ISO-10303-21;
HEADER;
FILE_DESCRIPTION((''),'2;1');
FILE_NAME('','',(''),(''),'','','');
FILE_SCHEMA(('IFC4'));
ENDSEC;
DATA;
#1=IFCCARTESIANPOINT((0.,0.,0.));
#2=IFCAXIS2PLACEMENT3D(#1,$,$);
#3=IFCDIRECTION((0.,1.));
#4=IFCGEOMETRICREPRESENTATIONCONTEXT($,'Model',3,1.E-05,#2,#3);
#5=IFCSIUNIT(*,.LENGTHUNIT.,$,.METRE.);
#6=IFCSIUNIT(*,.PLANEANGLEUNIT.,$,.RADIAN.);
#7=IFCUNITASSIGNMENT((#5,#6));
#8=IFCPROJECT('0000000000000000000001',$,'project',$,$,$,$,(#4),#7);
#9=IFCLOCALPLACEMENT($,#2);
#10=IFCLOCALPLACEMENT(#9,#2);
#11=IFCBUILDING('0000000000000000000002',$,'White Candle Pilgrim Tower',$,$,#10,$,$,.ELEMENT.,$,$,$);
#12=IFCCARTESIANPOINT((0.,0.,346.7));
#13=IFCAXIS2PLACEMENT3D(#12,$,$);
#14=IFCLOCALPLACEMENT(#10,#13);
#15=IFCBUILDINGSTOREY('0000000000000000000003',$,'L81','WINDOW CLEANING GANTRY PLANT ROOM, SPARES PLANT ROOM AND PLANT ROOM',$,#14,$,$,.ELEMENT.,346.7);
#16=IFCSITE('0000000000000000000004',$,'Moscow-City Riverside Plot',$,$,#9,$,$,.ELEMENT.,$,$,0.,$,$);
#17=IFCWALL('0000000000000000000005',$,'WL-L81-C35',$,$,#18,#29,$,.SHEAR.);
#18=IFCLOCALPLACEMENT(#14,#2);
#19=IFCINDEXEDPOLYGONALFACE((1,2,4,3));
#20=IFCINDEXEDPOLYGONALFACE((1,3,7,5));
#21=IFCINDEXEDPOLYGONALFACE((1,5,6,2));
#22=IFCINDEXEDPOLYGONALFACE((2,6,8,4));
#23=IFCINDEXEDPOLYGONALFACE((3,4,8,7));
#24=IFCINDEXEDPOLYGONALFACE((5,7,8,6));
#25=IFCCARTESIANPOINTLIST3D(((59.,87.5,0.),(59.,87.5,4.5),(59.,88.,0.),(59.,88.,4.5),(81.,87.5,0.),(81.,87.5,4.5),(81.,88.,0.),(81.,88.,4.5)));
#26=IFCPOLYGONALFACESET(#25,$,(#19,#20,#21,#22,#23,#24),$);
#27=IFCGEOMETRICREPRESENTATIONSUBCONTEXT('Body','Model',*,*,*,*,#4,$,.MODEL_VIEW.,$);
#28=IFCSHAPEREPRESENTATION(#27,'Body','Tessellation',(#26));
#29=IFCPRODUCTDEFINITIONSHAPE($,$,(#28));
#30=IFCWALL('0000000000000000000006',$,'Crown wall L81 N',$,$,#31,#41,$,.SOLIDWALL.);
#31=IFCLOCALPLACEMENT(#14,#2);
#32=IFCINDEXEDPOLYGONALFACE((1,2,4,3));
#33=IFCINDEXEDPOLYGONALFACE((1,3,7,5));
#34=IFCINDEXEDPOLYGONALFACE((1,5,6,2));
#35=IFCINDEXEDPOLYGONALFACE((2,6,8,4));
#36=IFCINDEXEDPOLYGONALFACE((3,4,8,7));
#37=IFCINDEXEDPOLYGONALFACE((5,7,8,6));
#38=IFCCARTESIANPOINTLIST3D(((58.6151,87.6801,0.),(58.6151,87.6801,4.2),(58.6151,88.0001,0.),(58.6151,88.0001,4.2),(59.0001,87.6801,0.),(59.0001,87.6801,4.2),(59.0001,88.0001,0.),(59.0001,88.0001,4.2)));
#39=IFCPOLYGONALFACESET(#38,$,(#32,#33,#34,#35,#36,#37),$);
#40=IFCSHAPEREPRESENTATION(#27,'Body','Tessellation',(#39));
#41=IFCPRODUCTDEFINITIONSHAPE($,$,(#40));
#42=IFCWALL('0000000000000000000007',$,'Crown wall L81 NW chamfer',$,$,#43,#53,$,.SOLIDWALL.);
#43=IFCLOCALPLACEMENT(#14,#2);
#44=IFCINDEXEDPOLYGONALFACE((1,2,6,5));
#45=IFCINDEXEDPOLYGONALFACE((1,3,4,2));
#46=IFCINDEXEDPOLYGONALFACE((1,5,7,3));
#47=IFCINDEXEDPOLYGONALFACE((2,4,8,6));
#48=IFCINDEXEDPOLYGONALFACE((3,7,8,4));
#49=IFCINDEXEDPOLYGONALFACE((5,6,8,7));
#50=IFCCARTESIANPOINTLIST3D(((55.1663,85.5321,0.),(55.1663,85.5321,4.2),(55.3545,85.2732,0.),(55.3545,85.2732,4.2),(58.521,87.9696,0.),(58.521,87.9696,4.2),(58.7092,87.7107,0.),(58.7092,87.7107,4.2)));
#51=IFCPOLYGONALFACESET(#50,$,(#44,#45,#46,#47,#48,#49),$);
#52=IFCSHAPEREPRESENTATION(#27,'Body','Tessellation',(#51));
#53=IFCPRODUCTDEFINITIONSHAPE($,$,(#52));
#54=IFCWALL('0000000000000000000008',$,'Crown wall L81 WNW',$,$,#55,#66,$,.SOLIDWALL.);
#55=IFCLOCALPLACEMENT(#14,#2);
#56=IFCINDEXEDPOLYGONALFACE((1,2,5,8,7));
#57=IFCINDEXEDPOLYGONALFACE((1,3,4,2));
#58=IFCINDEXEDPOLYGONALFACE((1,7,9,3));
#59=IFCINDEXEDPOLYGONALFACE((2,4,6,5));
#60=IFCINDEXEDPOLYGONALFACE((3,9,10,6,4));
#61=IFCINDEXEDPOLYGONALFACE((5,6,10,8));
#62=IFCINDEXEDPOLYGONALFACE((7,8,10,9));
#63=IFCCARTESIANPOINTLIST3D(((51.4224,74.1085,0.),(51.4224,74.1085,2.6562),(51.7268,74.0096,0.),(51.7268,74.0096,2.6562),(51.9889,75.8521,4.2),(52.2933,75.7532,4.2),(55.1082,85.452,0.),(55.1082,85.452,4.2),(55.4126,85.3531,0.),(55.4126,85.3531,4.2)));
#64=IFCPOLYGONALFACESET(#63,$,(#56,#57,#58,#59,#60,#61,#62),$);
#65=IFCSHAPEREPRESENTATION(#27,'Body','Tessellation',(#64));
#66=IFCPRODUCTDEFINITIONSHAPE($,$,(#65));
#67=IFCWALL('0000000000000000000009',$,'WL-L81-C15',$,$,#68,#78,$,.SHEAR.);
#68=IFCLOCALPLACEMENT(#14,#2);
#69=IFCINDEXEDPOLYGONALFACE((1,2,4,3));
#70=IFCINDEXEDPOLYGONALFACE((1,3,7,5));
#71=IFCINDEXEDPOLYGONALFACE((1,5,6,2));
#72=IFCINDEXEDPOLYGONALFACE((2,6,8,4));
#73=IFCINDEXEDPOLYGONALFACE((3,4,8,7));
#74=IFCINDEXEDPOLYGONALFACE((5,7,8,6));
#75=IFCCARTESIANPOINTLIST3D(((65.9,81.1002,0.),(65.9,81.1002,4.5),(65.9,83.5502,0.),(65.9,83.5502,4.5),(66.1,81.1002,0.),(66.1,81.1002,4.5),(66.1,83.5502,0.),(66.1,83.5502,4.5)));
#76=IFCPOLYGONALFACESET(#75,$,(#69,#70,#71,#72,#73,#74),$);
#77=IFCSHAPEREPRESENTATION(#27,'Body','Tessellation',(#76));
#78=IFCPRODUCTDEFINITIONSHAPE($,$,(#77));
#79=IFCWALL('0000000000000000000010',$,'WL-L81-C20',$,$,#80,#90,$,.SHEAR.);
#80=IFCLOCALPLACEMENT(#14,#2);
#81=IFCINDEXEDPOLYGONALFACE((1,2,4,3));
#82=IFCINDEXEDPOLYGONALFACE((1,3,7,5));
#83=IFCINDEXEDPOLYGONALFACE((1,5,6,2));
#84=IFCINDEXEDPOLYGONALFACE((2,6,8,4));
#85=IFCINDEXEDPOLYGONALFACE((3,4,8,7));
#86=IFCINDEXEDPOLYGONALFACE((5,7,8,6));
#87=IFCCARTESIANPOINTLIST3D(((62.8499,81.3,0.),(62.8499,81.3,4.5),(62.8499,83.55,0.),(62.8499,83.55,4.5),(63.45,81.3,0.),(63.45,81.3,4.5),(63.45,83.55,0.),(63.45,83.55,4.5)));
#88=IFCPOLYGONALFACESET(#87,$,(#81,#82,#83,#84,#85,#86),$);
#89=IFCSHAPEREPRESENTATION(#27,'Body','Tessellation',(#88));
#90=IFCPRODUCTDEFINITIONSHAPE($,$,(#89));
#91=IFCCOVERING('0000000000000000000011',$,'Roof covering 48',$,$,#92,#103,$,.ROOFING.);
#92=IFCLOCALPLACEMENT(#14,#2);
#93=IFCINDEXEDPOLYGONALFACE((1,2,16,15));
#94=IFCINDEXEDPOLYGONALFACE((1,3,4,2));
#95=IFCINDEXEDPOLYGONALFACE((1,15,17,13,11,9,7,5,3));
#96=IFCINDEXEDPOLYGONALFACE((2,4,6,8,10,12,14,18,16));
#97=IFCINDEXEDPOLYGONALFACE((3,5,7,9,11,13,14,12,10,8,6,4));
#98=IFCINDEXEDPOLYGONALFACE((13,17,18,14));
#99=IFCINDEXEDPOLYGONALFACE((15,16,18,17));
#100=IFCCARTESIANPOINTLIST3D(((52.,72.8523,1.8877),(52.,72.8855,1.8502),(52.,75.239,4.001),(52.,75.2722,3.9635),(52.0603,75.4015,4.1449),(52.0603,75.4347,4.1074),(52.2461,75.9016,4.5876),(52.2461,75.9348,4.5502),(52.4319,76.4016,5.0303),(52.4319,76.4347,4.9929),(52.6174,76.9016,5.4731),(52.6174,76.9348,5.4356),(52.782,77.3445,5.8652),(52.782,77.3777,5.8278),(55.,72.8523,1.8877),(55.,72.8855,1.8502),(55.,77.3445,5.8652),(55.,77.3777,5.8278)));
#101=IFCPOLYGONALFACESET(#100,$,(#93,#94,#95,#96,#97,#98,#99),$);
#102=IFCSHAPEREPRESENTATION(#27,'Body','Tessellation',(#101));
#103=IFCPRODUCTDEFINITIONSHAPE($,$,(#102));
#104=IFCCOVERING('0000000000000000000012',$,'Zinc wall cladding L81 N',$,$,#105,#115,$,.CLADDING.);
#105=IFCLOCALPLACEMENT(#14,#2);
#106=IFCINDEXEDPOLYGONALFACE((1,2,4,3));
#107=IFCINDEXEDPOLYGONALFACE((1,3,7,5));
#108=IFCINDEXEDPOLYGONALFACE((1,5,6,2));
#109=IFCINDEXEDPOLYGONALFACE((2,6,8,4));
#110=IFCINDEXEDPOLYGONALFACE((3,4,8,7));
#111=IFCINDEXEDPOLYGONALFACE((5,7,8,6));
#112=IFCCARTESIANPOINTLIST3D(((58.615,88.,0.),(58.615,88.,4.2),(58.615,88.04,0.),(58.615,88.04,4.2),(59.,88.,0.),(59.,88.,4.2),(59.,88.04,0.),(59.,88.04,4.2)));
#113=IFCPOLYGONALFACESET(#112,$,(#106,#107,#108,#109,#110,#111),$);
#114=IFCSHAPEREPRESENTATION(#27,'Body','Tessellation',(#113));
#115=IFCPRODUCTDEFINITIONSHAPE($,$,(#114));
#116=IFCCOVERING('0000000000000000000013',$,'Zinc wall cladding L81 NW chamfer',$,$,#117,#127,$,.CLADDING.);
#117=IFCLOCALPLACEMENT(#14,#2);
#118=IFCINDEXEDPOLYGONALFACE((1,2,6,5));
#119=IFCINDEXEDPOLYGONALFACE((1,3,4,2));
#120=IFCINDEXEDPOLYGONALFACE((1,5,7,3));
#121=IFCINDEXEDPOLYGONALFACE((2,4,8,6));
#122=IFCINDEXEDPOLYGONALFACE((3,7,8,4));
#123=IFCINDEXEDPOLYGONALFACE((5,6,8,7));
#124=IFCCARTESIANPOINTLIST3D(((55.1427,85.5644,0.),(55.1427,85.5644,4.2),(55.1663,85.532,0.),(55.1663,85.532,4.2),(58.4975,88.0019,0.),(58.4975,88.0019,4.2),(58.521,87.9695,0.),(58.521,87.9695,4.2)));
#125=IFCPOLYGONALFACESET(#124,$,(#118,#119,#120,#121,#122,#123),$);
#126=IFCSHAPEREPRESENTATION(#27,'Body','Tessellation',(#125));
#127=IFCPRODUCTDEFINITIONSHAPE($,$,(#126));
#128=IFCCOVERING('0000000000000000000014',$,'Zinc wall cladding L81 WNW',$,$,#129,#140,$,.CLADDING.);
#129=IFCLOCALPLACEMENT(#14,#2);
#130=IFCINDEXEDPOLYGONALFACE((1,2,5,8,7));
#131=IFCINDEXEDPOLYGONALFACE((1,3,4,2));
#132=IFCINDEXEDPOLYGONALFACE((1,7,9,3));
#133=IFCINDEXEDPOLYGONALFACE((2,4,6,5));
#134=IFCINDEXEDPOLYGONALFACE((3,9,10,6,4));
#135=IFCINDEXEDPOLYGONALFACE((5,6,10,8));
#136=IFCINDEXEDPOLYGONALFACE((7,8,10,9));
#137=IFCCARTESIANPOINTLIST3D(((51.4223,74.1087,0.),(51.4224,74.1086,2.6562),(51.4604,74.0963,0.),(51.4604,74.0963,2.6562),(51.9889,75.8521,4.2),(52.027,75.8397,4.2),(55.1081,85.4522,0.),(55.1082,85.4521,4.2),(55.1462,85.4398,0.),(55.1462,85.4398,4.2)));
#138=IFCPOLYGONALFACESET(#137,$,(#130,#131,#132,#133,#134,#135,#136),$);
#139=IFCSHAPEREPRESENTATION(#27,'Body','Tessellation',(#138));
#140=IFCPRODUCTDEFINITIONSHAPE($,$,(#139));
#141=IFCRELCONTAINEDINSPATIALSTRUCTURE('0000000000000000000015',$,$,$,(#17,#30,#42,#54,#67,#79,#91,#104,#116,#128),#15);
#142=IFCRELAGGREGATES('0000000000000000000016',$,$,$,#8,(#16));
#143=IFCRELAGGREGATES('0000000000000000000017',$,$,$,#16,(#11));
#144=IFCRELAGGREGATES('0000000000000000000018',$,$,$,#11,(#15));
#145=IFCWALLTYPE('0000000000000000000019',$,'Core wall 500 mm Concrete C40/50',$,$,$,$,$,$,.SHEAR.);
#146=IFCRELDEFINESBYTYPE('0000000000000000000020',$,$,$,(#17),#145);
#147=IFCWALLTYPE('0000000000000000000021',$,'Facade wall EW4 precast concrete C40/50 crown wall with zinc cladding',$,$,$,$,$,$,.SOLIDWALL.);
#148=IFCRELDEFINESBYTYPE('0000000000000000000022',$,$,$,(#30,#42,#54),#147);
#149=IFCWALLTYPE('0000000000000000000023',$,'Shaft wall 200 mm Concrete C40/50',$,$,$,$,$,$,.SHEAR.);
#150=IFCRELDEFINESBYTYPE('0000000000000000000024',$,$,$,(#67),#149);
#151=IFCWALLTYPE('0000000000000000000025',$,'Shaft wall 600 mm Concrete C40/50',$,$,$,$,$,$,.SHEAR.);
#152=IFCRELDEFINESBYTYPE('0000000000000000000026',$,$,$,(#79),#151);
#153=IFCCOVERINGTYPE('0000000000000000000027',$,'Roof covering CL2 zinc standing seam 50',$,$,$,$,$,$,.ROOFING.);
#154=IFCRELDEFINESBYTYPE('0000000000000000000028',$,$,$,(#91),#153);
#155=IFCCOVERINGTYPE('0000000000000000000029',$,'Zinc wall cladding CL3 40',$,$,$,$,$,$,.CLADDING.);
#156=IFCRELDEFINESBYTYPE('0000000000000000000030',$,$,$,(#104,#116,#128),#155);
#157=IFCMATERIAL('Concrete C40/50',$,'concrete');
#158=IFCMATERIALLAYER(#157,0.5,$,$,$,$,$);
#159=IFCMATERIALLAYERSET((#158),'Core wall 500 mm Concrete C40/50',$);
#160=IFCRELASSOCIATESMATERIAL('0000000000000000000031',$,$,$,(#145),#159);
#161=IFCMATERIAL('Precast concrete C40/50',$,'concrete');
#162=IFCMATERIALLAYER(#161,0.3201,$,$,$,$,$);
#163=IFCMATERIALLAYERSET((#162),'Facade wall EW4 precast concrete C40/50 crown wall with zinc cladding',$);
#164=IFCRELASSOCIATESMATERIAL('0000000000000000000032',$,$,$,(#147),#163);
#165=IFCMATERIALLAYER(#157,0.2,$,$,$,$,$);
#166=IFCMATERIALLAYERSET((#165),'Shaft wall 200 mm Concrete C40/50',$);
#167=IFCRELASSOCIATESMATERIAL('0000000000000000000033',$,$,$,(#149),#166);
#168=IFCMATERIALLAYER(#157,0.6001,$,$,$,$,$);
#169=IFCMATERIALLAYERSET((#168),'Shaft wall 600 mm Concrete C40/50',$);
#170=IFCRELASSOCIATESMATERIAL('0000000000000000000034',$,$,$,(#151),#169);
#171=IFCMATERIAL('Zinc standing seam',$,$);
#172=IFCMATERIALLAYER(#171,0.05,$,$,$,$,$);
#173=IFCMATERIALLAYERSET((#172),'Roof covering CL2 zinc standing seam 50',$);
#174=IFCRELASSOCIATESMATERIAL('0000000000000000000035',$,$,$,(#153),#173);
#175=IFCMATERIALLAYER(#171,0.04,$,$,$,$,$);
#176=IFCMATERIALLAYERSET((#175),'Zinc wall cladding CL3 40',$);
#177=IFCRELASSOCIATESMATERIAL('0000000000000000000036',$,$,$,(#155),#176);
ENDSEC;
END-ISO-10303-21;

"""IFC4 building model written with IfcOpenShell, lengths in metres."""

from ifc_helpers import new_model, si_unit, direction, frame, frame_2d, origin, place, context, subcontext, project, spatial, polyline, rectangle, outline, extrude, material, layer, layer_set, type_object, element, save


model = new_model("IFC4")

# Units and contexts
model_context = context("Model", 3, precision=1e-05, world=origin(), true_north=direction((0.0, 1.0)))
body_context = subcontext(model_context, "Body", "Model", "MODEL_VIEW")
ifc_project = project(units=[si_unit("LENGTHUNIT", "METRE"), si_unit("PLANEANGLEUNIT", "RADIAN")], contexts=[model_context])

# Site, building, storey
site_placement = place(None, origin())
site = spatial("IfcSite", under=ifc_project, at=site_placement, Name="Moscow-City Riverside Plot", CompositionType="ELEMENT", RefElevation=0.0)
building_placement = place(site_placement, origin())
building = spatial("IfcBuilding", under=site, at=building_placement, Name="White Candle Pilgrim Tower", CompositionType="ELEMENT")
storey_placement = place(building_placement, frame((0.0, 0.0, 346.7)))
storey = spatial("IfcBuildingStorey", under=building, at=storey_placement, Name="L81", Description="WINDOW CLEANING GANTRY PLANT ROOM, SPARES PLANT ROOM AND PLANT ROOM", CompositionType="ELEMENT", Elevation=346.7)

# Shared definitions
ifc_material_1 = material(Name="Concrete C40/50", Category="concrete")

# Shared definitions
ifc_layer_1 = layer(ifc_material_1, 0.5)
ifc_layer_set_1 = layer_set([ifc_layer_1], Name="Core wall 500 mm Concrete C40/50")
wall_type_1 = type_object("IfcWallType", Name="Core wall 500 mm Concrete C40/50", PredefinedType="SHEAR", material=ifc_layer_set_1)

# Walls
wall_1_placement = place(storey_placement, frame((59.0, 87.75, 0.0), z_axis=(0.0, 0.0, 1.0), x_axis=(1.0, 0.0, 0.0)))
element("IfcWall", 1, at=wall_1_placement, inside=storey, type_object=wall_type_1, Name="WL-L81-C35", PredefinedType="SHEAR", context=body_context, shape_type="SweptSolid", body=[
    extrude(rectangle(XDim=22.0, YDim=0.5, at=frame_2d((11.0, 0.0))), origin(), (0.0, 0.0, 1.0), 4.5),
])
ifc_material_2 = material(Name="Precast concrete C40/50", Category="concrete")
ifc_layer_2 = layer(ifc_material_2, 0.3201)
ifc_layer_set_2 = layer_set([ifc_layer_2], Name="Facade wall EW4 precast concrete C40/50 crown wall with zinc cladding")
wall_type_2 = type_object("IfcWallType", Name="Facade wall EW4 precast concrete C40/50 crown wall with zinc cladding", PredefinedType="SOLIDWALL", material=ifc_layer_set_2)
wall_2_placement = place(storey_placement, frame((59.0, 87.8401, 0.0), z_axis=(0.0, 0.0, 1.0), x_axis=(-1.0, 0.0, 0.0)))
element("IfcWall", 2, at=wall_2_placement, inside=storey, type_object=wall_type_2, Name="Crown wall L81 N", PredefinedType="SOLIDWALL", context=body_context, shape_type="SweptSolid", body=[
    extrude(rectangle(XDim=0.385, YDim=0.3201, at=frame_2d((0.1924, 0.0))), origin(), (0.0, 0.0, 1.0), 4.2),
])
wall_3_placement = place(storey_placement, frame((58.615, 87.8401, 0.0), z_axis=(0.0, 0.0, 1.0), x_axis=(-0.809001, -0.587808, 0.0)))
element("IfcWall", 3, at=wall_3_placement, inside=storey, type_object=wall_type_2, Name="Crown wall L81 NW chamfer", PredefinedType="SOLIDWALL", context=body_context, shape_type="SweptSolid", body=[
    extrude(rectangle(XDim=4.1467, YDim=0.3201, at=frame_2d((2.0732, 0.0))), origin(), (0.0, 0.0, 1.0), 4.2),
])
wall_4_placement = place(storey_placement, frame((55.2603, 85.4026, 0.0), z_axis=(0.0, 0.0, 1.0), x_axis=(-0.309022, -0.951055, 0.0)))
element("IfcWall", 4, at=wall_4_placement, inside=storey, type_object=wall_type_2, Name="Crown wall L81 WNW", PredefinedType="SOLIDWALL", context=body_context, shape_type="SweptSolid", body=[
    extrude(outline(polyline([(0.0, 0.0), (11.9272, 0.0), (11.9272, 2.6562), (10.094, 4.2), (0.0, 4.2), (0.0, 0.0)])), frame((0.0, 0.1602, 0.0), z_axis=(0.0, -1.0, 0.0), x_axis=(1.0, 0.0, 0.0)), (0.0, 0.0, 1.0), 0.3201),
])
ifc_layer_3 = layer(ifc_material_1, 0.2)
ifc_layer_set_3 = layer_set([ifc_layer_3], Name="Shaft wall 200 mm Concrete C40/50")
wall_type_3 = type_object("IfcWallType", Name="Shaft wall 200 mm Concrete C40/50", PredefinedType="SHEAR", material=ifc_layer_set_3)
wall_5_placement = place(storey_placement, frame((66.0, 81.1001, 0.0), z_axis=(0.0, 0.0, 1.0), x_axis=(0.0, 1.0, 0.0)))
element("IfcWall", 5, at=wall_5_placement, inside=storey, type_object=wall_type_3, Name="WL-L81-C15", PredefinedType="SHEAR", context=body_context, shape_type="SweptSolid", body=[
    extrude(rectangle(XDim=2.45, YDim=0.2, at=frame_2d((1.2251, 0.0))), origin(), (0.0, 0.0, 1.0), 4.5),
])
ifc_layer_4 = layer(ifc_material_1, 0.6001)
ifc_layer_set_4 = layer_set([ifc_layer_4], Name="Shaft wall 600 mm Concrete C40/50")
wall_type_4 = type_object("IfcWallType", Name="Shaft wall 600 mm Concrete C40/50", PredefinedType="SHEAR", material=ifc_layer_set_4)
wall_6_placement = place(storey_placement, frame((63.1499, 81.3, 0.0), z_axis=(0.0, 0.0, 1.0), x_axis=(0.0, 1.0, 0.0)))
element("IfcWall", 6, at=wall_6_placement, inside=storey, type_object=wall_type_4, Name="WL-L81-C20", PredefinedType="SHEAR", context=body_context, shape_type="SweptSolid", body=[
    extrude(rectangle(XDim=2.25, YDim=0.6001, at=frame_2d((1.125, 0.0))), origin(), (0.0, 0.0, 1.0), 4.5),
])

# Coverings
ifc_material_3 = material(Name="Zinc standing seam")
ifc_layer_5 = layer(ifc_material_3, 0.05)
ifc_layer_set_5 = layer_set([ifc_layer_5], Name="Roof covering CL2 zinc standing seam 50")
covering_type_1 = type_object("IfcCoveringType", Name="Roof covering CL2 zinc standing seam 50", PredefinedType="ROOFING", material=ifc_layer_set_5)
covering_1_placement = place(storey_placement, frame((55.0, 77.3445, 5.8652), z_axis=(-0.000006, -0.662917, 0.748693), x_axis=(0.0, -0.748693, -0.662917)))
element("IfcCovering", 7, at=covering_1_placement, inside=storey, type_object=covering_type_1, Name="Roof covering 48", PredefinedType="ROOFING", context=body_context, shape_type="SweptSolid", body=[
    extrude(outline(polyline([(0.0, 0.0), (6.0, 0.0), (6.0, -3.0), (2.8122, -3.0), (2.5951, -2.9397), (1.9272, -2.7539), (1.2594, -2.5681), (0.5915, -2.3826), (0.0, -2.218), (0.0, 0.0)])), origin(), (0.0, 0.0, -1.0), 0.05),
])
ifc_layer_6 = layer(ifc_material_3, 0.04)
ifc_layer_set_6 = layer_set([ifc_layer_6], Name="Zinc wall cladding CL3 40")
covering_type_2 = type_object("IfcCoveringType", Name="Zinc wall cladding CL3 40", PredefinedType="CLADDING", material=ifc_layer_set_6)
covering_2_placement = place(storey_placement, frame((59.0, 88.0, 4.2), z_axis=(0.0, -1.0, 0.0), x_axis=(-1.0, 0.0, 0.0)))
element("IfcCovering", 8, at=covering_2_placement, inside=storey, type_object=covering_type_2, Name="Zinc wall cladding L81 N", PredefinedType="CLADDING", context=body_context, shape_type="SweptSolid", body=[
    extrude(outline(polyline([(0.0, 0.0), (0.385, 0.0), (0.385, 4.2), (0.0, 4.2), (0.0, 0.0)])), origin(), (0.0, 0.0, -1.0), 0.04),
])
covering_3_placement = place(storey_placement, frame((58.521, 87.9695, 4.2), z_axis=(0.587808, -0.809001, 0.0), x_axis=(-0.809001, -0.587808, 0.0)))
element("IfcCovering", 9, at=covering_3_placement, inside=storey, type_object=covering_type_2, Name="Zinc wall cladding L81 NW chamfer", PredefinedType="CLADDING", context=body_context, shape_type="SweptSolid", body=[
    extrude(outline(polyline([(0.0, 0.0), (4.1468, 0.0), (4.1468, 4.2), (0.0, 4.2), (0.0, 0.0)])), origin(), (0.0, 0.0, -1.0), 0.04),
])
covering_4_placement = place(storey_placement, frame((55.1082, 85.4521, 4.2), z_axis=(-0.951056, 0.309019, 0.00002), x_axis=(-0.309019, -0.951056, 0.0)))
element("IfcCovering", 10, at=covering_4_placement, inside=storey, type_object=covering_type_2, Name="Zinc wall cladding L81 WNW", PredefinedType="CLADDING", context=body_context, shape_type="SweptSolid", body=[
    extrude(outline(polyline([(0.0, 0.0), (10.0941, 0.0), (11.9273, -1.5437), (11.9273, -4.2), (0.0, -4.2), (0.0, 0.0)])), origin(), (0.0, 0.0, -1.0), 0.04),
])

save(model, "model.ifc")
